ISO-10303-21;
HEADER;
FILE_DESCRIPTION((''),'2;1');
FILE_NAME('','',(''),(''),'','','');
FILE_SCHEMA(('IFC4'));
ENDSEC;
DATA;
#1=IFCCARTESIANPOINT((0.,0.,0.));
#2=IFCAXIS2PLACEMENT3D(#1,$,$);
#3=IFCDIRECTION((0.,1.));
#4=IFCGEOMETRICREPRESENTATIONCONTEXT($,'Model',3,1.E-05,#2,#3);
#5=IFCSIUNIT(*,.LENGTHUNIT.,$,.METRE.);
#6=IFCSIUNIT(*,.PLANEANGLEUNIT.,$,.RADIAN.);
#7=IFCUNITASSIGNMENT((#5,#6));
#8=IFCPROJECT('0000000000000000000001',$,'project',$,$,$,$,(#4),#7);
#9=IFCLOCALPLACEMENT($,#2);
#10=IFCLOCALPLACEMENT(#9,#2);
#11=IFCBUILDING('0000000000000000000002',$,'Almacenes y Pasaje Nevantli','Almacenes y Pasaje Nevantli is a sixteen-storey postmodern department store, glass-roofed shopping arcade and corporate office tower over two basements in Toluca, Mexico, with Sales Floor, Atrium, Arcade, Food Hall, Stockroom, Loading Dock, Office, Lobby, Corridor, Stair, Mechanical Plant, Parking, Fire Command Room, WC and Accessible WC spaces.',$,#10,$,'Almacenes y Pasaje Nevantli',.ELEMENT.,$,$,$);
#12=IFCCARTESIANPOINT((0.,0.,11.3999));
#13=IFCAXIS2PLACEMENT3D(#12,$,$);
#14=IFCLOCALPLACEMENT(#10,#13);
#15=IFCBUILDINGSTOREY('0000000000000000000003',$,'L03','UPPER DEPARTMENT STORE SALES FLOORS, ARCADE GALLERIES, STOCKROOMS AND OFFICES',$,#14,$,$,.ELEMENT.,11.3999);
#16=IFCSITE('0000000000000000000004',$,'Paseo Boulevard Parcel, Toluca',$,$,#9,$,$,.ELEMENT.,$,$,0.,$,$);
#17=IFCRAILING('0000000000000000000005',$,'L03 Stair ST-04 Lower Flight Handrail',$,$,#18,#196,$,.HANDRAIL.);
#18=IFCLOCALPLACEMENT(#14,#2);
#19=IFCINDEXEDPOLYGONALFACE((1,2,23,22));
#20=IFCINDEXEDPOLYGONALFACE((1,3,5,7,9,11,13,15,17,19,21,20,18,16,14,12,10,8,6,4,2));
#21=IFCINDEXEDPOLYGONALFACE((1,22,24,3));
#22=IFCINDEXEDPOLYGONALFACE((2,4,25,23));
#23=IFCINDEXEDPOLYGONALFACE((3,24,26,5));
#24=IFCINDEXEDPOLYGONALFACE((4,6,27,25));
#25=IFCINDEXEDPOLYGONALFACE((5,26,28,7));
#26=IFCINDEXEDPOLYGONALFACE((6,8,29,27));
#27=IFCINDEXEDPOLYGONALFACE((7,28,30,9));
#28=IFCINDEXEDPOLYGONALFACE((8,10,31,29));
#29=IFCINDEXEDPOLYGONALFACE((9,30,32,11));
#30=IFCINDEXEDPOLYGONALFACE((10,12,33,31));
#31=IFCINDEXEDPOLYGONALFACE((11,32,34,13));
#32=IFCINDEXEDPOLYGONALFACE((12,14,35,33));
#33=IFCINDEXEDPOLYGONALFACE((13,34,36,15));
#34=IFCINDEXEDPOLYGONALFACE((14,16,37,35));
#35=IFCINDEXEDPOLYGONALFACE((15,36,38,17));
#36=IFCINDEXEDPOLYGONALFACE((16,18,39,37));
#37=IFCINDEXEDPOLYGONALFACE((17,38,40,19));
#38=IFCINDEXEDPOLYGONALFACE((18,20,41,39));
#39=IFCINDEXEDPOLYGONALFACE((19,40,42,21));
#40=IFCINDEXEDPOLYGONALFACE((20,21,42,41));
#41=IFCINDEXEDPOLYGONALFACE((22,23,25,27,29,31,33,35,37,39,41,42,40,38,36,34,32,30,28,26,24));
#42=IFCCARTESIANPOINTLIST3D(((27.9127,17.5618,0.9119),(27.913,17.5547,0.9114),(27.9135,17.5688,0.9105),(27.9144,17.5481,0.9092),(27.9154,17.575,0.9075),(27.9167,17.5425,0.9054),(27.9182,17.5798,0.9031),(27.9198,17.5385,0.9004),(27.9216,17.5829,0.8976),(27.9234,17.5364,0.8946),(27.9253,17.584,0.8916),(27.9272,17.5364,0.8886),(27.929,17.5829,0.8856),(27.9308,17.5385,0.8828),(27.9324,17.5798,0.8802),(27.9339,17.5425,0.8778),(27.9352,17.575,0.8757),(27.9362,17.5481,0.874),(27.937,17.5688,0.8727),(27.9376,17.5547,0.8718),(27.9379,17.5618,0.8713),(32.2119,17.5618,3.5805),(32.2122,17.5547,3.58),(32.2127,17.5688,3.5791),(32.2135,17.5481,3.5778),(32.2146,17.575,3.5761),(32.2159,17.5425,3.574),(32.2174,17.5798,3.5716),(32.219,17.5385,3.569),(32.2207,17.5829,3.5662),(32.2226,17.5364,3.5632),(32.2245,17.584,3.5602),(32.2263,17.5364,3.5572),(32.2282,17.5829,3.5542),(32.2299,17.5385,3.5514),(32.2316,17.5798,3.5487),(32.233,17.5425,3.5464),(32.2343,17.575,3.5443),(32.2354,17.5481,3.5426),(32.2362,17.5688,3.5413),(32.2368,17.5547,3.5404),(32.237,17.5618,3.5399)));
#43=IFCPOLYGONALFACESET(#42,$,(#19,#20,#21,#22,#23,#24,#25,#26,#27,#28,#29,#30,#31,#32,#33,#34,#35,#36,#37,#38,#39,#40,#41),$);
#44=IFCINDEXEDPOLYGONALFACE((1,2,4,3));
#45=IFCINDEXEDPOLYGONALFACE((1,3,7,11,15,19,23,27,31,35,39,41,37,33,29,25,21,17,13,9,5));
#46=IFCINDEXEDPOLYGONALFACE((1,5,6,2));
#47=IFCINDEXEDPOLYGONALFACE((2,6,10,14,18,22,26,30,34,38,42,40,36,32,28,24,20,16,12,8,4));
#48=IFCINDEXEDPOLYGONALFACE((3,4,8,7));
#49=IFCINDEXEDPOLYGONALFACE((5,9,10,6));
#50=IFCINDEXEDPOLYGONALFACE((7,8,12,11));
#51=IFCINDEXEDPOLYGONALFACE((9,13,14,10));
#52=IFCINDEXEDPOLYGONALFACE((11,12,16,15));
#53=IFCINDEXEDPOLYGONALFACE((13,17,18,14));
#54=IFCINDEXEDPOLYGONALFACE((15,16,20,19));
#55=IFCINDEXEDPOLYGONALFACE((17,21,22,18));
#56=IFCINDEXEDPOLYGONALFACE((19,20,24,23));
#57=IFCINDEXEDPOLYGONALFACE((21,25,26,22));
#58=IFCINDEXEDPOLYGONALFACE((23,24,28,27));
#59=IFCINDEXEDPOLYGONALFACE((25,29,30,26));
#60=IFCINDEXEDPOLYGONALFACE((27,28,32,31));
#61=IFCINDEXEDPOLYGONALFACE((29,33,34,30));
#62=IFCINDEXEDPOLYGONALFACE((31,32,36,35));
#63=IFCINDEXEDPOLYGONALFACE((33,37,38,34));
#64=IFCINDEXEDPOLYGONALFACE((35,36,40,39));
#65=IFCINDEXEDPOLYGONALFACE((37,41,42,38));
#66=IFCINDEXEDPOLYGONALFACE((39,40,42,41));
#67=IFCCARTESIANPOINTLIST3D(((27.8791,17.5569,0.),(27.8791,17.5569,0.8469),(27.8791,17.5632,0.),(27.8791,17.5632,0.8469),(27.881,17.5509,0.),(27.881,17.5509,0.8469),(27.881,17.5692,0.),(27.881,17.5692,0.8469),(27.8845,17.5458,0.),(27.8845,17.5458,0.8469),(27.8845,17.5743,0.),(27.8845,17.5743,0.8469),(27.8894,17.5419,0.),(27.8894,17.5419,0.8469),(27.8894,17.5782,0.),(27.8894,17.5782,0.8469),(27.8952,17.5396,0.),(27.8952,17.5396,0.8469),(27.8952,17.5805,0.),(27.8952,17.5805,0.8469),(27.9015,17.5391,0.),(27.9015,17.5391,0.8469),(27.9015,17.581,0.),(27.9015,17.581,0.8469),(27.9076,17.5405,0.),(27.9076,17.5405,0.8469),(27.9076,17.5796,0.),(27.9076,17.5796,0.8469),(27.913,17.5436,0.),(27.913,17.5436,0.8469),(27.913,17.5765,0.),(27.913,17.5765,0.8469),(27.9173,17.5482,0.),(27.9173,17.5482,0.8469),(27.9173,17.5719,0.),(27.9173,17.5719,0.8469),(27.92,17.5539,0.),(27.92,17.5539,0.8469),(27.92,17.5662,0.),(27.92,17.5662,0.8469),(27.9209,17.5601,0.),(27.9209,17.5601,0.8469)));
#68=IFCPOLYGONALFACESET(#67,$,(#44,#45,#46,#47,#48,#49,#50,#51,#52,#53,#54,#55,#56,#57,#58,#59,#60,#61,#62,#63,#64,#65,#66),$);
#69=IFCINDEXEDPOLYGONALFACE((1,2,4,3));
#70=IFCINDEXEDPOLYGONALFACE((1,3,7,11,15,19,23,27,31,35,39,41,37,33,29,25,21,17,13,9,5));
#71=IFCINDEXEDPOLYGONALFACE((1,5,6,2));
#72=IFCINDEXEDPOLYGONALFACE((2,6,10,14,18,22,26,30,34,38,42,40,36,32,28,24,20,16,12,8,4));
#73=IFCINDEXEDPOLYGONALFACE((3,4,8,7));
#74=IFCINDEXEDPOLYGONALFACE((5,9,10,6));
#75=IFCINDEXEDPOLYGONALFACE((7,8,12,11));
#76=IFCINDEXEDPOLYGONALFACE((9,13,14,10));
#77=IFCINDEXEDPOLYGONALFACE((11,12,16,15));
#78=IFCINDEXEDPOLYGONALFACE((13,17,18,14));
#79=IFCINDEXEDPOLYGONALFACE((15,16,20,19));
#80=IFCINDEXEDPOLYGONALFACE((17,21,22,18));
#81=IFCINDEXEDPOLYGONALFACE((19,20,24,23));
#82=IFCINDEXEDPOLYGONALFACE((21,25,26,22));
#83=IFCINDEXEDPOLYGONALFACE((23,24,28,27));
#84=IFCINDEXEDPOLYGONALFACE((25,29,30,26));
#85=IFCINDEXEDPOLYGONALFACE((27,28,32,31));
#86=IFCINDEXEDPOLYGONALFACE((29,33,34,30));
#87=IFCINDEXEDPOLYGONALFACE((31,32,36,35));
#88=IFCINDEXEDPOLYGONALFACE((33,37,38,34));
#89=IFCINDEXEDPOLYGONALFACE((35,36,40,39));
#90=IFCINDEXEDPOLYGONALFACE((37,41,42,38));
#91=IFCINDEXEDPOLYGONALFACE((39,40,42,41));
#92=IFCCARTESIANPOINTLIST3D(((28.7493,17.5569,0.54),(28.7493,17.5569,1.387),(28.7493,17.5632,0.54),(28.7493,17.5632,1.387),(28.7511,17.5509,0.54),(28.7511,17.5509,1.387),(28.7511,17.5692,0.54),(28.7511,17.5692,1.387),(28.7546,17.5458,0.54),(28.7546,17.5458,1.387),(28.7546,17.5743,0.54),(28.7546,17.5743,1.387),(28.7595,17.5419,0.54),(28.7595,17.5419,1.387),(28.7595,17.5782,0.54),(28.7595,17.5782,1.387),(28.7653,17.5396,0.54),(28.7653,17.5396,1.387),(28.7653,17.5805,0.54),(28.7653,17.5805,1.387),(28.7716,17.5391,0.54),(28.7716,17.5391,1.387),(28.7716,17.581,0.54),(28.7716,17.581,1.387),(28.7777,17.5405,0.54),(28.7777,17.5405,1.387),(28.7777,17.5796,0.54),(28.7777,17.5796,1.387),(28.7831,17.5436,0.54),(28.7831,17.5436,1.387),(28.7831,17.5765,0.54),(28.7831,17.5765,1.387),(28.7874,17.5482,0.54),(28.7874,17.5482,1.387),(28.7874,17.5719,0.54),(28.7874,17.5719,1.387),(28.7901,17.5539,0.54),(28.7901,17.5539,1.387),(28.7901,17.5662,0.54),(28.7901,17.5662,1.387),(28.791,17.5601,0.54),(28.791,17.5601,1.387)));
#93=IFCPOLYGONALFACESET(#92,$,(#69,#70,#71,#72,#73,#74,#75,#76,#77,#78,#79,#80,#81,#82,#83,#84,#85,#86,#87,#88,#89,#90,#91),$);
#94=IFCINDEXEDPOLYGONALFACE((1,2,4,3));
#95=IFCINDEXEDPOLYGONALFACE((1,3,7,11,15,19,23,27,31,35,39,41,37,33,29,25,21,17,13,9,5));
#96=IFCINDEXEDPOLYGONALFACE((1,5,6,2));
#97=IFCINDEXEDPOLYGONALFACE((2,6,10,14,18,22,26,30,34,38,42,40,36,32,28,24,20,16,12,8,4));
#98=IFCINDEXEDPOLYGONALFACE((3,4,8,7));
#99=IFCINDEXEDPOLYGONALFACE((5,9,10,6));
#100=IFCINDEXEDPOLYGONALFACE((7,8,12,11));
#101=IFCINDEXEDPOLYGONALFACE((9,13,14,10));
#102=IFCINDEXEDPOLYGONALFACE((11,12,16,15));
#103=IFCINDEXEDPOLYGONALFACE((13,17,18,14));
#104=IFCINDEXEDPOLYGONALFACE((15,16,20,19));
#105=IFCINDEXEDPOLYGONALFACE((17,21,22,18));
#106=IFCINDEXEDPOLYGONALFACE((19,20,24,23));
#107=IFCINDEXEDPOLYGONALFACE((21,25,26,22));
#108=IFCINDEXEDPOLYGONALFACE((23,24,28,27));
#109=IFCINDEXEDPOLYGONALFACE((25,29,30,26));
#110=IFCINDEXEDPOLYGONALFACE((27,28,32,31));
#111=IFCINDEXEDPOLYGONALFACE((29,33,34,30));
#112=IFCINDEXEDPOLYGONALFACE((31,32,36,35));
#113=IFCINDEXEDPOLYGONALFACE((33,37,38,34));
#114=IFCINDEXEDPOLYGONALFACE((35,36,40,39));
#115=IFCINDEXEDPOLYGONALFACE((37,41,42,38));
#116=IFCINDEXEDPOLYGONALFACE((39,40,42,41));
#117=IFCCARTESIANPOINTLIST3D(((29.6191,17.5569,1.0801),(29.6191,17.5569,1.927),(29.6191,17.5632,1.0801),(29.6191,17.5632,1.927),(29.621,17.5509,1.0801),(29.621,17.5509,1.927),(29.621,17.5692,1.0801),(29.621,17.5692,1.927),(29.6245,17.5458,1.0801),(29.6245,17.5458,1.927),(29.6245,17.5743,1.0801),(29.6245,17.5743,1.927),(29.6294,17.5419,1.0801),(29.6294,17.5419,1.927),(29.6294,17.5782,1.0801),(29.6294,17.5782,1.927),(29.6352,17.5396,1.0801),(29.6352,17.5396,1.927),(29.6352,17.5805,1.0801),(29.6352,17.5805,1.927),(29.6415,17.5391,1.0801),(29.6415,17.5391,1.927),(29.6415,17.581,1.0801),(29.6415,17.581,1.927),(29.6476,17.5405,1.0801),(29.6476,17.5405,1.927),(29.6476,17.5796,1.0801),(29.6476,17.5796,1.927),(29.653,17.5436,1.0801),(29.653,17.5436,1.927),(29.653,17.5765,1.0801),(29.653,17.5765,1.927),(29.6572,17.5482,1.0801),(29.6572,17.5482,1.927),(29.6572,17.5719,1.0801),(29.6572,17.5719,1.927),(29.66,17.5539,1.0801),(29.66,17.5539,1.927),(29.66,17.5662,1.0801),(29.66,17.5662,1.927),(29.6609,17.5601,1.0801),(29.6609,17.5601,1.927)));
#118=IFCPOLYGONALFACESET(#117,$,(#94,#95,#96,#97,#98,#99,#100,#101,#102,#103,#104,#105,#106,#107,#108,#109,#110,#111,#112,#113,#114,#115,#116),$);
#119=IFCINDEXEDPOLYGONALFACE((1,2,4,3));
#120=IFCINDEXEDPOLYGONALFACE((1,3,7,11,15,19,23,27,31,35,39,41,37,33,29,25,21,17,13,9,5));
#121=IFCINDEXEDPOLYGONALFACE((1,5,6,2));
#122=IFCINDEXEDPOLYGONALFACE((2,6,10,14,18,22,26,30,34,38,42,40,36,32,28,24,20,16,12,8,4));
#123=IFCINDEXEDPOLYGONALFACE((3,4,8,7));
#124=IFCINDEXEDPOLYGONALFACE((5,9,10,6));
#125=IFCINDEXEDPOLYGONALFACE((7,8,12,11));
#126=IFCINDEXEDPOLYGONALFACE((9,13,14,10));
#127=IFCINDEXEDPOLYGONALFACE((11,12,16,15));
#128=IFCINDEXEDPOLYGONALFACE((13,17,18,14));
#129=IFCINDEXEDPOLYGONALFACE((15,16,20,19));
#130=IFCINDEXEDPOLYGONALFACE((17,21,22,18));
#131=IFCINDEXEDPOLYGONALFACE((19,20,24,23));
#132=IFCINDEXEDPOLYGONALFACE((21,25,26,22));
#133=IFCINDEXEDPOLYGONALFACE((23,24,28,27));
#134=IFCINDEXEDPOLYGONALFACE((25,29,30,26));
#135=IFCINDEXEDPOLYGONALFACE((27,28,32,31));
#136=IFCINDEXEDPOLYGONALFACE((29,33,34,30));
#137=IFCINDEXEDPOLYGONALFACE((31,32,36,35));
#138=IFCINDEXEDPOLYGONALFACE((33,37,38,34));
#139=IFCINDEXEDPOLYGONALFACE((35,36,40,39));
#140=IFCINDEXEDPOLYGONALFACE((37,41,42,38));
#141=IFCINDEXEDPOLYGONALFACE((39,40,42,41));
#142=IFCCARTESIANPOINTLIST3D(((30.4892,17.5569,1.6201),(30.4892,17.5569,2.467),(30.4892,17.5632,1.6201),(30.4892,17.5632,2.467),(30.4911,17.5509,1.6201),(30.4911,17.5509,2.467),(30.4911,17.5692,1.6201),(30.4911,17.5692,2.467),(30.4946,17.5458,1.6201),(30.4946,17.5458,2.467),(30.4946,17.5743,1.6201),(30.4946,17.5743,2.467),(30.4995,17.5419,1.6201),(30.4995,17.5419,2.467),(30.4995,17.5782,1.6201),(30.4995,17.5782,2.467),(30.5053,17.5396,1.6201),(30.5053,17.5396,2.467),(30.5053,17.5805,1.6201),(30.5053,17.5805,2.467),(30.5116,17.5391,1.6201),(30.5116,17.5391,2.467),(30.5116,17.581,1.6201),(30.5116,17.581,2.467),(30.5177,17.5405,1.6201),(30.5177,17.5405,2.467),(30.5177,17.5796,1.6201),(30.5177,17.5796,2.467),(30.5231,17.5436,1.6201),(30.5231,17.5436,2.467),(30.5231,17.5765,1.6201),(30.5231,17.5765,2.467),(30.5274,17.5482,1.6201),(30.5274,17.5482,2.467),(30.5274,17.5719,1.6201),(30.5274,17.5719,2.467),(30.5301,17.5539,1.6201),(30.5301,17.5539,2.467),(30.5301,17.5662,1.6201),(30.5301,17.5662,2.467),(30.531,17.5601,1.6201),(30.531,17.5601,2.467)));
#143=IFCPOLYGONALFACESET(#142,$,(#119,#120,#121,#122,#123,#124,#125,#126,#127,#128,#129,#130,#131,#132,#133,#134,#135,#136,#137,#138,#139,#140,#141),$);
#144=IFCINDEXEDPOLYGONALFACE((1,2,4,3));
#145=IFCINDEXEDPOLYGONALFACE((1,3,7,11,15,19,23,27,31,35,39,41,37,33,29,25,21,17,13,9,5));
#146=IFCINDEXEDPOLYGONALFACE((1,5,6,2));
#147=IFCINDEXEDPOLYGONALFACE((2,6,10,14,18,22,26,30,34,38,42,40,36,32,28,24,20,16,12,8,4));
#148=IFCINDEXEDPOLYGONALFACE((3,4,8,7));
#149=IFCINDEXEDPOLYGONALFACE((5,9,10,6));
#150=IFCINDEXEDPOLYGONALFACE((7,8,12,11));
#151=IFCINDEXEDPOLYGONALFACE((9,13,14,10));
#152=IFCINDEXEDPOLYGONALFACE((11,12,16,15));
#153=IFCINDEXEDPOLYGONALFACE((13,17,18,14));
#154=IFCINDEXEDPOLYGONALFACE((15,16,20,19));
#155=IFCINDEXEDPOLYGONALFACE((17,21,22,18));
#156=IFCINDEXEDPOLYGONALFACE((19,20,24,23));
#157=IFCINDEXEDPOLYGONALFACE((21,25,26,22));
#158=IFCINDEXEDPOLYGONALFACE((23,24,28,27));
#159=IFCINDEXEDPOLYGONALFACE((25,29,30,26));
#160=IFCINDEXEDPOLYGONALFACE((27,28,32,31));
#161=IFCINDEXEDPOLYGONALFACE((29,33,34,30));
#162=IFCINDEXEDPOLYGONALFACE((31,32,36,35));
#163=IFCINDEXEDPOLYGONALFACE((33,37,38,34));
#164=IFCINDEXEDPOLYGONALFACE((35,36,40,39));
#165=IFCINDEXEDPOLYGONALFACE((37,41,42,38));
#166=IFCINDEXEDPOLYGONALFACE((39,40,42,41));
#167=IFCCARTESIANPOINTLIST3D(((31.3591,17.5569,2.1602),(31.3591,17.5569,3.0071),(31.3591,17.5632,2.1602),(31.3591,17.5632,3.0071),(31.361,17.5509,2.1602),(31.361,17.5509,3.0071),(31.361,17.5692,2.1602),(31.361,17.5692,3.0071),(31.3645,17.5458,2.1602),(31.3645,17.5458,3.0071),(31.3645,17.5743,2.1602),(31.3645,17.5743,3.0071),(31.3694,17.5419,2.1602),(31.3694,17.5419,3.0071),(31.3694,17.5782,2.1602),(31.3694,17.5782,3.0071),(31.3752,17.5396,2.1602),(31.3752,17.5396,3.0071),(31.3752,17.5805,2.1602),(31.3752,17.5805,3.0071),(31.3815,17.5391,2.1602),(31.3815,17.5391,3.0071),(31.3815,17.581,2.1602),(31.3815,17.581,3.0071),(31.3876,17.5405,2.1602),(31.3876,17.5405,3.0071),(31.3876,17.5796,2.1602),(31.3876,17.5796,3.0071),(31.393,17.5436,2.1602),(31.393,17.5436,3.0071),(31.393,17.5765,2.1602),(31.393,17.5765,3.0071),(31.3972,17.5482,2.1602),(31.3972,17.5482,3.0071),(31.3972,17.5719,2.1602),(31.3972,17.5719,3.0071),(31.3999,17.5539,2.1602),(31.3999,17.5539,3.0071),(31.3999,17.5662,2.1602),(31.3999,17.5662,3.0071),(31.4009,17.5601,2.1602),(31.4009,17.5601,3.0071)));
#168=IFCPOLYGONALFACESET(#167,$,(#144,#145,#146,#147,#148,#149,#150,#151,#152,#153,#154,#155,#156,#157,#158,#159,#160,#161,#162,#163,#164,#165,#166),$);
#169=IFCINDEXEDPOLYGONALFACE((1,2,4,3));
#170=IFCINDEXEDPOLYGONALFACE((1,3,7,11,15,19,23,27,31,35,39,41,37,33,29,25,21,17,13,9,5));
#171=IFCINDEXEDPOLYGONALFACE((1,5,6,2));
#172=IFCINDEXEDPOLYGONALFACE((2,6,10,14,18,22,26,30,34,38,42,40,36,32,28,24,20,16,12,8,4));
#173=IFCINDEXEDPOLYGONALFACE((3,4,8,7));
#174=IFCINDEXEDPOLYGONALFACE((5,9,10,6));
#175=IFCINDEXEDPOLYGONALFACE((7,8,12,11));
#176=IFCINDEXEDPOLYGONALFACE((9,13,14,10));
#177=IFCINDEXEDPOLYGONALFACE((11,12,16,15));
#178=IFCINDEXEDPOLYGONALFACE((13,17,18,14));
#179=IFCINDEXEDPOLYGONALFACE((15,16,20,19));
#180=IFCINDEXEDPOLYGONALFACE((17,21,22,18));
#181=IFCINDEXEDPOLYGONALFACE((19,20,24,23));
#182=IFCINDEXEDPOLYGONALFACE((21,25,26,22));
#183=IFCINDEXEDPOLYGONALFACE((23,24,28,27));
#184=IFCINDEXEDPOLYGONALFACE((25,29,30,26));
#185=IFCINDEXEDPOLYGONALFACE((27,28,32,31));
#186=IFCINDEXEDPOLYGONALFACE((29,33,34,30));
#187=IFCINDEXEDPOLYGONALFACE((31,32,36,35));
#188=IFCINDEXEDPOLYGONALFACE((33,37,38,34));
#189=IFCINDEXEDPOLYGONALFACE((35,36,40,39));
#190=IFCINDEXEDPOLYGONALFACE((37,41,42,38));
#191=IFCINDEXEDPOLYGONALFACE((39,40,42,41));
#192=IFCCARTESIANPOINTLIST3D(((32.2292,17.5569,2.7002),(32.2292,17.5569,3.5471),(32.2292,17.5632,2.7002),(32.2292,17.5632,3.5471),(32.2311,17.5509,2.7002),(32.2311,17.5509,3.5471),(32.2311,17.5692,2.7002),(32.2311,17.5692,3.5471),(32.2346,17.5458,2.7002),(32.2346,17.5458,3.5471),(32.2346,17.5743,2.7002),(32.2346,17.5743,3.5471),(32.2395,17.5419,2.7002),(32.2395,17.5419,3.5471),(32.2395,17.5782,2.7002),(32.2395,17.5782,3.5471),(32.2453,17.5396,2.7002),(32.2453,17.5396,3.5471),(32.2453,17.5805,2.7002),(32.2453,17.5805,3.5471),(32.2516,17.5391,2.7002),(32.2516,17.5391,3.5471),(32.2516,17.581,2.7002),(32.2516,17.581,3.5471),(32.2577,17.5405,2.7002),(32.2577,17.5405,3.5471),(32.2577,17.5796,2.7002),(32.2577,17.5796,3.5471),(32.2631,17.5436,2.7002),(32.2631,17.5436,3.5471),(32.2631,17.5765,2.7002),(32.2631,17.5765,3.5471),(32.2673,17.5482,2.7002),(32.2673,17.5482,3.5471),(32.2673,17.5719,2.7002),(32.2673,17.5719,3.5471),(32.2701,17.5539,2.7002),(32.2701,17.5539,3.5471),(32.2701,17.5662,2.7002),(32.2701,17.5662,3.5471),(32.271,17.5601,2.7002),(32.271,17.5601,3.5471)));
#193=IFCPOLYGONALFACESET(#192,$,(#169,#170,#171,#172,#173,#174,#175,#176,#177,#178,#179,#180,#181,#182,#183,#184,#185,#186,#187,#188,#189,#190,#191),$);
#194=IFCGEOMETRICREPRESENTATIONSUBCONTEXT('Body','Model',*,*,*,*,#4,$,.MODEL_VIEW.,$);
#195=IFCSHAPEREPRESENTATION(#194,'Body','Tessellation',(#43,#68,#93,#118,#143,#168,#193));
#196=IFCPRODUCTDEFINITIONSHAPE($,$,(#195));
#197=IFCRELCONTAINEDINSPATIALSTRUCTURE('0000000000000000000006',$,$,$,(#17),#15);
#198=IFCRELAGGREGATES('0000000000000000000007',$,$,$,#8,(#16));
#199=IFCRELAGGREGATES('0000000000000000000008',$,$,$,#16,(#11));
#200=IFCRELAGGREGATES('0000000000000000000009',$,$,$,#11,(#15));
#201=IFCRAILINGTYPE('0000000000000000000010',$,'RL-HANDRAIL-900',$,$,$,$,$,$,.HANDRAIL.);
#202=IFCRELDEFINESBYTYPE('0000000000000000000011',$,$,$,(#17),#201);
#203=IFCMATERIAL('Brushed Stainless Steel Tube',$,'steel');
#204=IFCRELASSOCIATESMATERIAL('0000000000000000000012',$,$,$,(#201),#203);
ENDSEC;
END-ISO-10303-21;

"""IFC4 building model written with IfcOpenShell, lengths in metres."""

from ifc_helpers import new_model, si_unit, direction, frame, origin, origin_2d, place, context, subcontext, project, spatial, circle, extrude, material, type_object, element, save


model = new_model("IFC4")

# Units and contexts
model_context = context("Model", 3, precision=1e-05, world=origin(), true_north=direction((0.0, 1.0)))
body_context = subcontext(model_context, "Body", "Model", "MODEL_VIEW")
ifc_project = project(units=[si_unit("LENGTHUNIT", "METRE"), si_unit("PLANEANGLEUNIT", "RADIAN")], contexts=[model_context])

# Site, building, storey
site_placement = place(None, origin())
site = spatial("IfcSite", under=ifc_project, at=site_placement, Name="Paseo Boulevard Parcel, Toluca", CompositionType="ELEMENT", RefElevation=0.0)
building_placement = place(site_placement, origin())
building = spatial("IfcBuilding", under=site, at=building_placement, Name="Almacenes y Pasaje Nevantli", Description="Almacenes y Pasaje Nevantli is a sixteen-storey postmodern department store, glass-roofed shopping arcade and corporate office tower over two basements in Toluca, Mexico, with Sales Floor, Atrium, Arcade, Food Hall, Stockroom, Loading Dock, Office, Lobby, Corridor, Stair, Mechanical Plant, Parking, Fire Command Room, WC and Accessible WC spaces.", LongName="Almacenes y Pasaje Nevantli", CompositionType="ELEMENT")
storey_placement = place(building_placement, frame((0.0, 0.0, 11.3999)))
storey = spatial("IfcBuildingStorey", under=building, at=storey_placement, Name="L03", Description="UPPER DEPARTMENT STORE SALES FLOORS, ARCADE GALLERIES, STOCKROOMS AND OFFICES", CompositionType="ELEMENT", Elevation=11.3999)

# Railing
ifc_material_1 = material(Name="Brushed Stainless Steel Tube", Category="steel")
railing_type_1 = type_object("IfcRailingType", Name="RL-HANDRAIL-900", PredefinedType="HANDRAIL", material=ifc_material_1)
railing_1_placement = place(storey_placement, frame((27.8999, 17.5601, 0.0)))
element("IfcRailing", 1, at=railing_1_placement, inside=storey, type_object=railing_type_1, Name="L03 Stair ST-04 Lower Flight Handrail", PredefinedType="HANDRAIL", context=body_context, shape_type="SweptSolid", body=[
    extrude(circle(Radius=0.0239, at=origin_2d()), frame((0.0254, 0.0, 0.8916), z_axis=(0.849628, 0.0, 0.527382), x_axis=(0.0, 1.0, 0.0)), (0.0, 0.0, 1.0), 5.0601),
    extrude(circle(Radius=0.021, at=origin_2d()), origin(), (0.0, 0.0, 1.0), 0.8469),
    extrude(circle(Radius=0.021, at=origin_2d()), frame((0.8701, 0.0, 0.54)), (0.0, 0.0, 1.0), 0.8469),
    extrude(circle(Radius=0.021, at=origin_2d()), frame((1.74, 0.0, 1.0801)), (0.0, 0.0, 1.0), 0.8469),
    extrude(circle(Radius=0.021, at=origin_2d()), frame((2.6101, 0.0, 1.6201)), (0.0, 0.0, 1.0), 0.8469),
    extrude(circle(Radius=0.021, at=origin_2d()), frame((3.48, 0.0, 2.1602)), (0.0, 0.0, 1.0), 0.8469),
    extrude(circle(Radius=0.021, at=origin_2d()), frame((4.3501, 0.0, 2.7002)), (0.0, 0.0, 1.0), 0.8469),
])

save(model, "model.ifc")
